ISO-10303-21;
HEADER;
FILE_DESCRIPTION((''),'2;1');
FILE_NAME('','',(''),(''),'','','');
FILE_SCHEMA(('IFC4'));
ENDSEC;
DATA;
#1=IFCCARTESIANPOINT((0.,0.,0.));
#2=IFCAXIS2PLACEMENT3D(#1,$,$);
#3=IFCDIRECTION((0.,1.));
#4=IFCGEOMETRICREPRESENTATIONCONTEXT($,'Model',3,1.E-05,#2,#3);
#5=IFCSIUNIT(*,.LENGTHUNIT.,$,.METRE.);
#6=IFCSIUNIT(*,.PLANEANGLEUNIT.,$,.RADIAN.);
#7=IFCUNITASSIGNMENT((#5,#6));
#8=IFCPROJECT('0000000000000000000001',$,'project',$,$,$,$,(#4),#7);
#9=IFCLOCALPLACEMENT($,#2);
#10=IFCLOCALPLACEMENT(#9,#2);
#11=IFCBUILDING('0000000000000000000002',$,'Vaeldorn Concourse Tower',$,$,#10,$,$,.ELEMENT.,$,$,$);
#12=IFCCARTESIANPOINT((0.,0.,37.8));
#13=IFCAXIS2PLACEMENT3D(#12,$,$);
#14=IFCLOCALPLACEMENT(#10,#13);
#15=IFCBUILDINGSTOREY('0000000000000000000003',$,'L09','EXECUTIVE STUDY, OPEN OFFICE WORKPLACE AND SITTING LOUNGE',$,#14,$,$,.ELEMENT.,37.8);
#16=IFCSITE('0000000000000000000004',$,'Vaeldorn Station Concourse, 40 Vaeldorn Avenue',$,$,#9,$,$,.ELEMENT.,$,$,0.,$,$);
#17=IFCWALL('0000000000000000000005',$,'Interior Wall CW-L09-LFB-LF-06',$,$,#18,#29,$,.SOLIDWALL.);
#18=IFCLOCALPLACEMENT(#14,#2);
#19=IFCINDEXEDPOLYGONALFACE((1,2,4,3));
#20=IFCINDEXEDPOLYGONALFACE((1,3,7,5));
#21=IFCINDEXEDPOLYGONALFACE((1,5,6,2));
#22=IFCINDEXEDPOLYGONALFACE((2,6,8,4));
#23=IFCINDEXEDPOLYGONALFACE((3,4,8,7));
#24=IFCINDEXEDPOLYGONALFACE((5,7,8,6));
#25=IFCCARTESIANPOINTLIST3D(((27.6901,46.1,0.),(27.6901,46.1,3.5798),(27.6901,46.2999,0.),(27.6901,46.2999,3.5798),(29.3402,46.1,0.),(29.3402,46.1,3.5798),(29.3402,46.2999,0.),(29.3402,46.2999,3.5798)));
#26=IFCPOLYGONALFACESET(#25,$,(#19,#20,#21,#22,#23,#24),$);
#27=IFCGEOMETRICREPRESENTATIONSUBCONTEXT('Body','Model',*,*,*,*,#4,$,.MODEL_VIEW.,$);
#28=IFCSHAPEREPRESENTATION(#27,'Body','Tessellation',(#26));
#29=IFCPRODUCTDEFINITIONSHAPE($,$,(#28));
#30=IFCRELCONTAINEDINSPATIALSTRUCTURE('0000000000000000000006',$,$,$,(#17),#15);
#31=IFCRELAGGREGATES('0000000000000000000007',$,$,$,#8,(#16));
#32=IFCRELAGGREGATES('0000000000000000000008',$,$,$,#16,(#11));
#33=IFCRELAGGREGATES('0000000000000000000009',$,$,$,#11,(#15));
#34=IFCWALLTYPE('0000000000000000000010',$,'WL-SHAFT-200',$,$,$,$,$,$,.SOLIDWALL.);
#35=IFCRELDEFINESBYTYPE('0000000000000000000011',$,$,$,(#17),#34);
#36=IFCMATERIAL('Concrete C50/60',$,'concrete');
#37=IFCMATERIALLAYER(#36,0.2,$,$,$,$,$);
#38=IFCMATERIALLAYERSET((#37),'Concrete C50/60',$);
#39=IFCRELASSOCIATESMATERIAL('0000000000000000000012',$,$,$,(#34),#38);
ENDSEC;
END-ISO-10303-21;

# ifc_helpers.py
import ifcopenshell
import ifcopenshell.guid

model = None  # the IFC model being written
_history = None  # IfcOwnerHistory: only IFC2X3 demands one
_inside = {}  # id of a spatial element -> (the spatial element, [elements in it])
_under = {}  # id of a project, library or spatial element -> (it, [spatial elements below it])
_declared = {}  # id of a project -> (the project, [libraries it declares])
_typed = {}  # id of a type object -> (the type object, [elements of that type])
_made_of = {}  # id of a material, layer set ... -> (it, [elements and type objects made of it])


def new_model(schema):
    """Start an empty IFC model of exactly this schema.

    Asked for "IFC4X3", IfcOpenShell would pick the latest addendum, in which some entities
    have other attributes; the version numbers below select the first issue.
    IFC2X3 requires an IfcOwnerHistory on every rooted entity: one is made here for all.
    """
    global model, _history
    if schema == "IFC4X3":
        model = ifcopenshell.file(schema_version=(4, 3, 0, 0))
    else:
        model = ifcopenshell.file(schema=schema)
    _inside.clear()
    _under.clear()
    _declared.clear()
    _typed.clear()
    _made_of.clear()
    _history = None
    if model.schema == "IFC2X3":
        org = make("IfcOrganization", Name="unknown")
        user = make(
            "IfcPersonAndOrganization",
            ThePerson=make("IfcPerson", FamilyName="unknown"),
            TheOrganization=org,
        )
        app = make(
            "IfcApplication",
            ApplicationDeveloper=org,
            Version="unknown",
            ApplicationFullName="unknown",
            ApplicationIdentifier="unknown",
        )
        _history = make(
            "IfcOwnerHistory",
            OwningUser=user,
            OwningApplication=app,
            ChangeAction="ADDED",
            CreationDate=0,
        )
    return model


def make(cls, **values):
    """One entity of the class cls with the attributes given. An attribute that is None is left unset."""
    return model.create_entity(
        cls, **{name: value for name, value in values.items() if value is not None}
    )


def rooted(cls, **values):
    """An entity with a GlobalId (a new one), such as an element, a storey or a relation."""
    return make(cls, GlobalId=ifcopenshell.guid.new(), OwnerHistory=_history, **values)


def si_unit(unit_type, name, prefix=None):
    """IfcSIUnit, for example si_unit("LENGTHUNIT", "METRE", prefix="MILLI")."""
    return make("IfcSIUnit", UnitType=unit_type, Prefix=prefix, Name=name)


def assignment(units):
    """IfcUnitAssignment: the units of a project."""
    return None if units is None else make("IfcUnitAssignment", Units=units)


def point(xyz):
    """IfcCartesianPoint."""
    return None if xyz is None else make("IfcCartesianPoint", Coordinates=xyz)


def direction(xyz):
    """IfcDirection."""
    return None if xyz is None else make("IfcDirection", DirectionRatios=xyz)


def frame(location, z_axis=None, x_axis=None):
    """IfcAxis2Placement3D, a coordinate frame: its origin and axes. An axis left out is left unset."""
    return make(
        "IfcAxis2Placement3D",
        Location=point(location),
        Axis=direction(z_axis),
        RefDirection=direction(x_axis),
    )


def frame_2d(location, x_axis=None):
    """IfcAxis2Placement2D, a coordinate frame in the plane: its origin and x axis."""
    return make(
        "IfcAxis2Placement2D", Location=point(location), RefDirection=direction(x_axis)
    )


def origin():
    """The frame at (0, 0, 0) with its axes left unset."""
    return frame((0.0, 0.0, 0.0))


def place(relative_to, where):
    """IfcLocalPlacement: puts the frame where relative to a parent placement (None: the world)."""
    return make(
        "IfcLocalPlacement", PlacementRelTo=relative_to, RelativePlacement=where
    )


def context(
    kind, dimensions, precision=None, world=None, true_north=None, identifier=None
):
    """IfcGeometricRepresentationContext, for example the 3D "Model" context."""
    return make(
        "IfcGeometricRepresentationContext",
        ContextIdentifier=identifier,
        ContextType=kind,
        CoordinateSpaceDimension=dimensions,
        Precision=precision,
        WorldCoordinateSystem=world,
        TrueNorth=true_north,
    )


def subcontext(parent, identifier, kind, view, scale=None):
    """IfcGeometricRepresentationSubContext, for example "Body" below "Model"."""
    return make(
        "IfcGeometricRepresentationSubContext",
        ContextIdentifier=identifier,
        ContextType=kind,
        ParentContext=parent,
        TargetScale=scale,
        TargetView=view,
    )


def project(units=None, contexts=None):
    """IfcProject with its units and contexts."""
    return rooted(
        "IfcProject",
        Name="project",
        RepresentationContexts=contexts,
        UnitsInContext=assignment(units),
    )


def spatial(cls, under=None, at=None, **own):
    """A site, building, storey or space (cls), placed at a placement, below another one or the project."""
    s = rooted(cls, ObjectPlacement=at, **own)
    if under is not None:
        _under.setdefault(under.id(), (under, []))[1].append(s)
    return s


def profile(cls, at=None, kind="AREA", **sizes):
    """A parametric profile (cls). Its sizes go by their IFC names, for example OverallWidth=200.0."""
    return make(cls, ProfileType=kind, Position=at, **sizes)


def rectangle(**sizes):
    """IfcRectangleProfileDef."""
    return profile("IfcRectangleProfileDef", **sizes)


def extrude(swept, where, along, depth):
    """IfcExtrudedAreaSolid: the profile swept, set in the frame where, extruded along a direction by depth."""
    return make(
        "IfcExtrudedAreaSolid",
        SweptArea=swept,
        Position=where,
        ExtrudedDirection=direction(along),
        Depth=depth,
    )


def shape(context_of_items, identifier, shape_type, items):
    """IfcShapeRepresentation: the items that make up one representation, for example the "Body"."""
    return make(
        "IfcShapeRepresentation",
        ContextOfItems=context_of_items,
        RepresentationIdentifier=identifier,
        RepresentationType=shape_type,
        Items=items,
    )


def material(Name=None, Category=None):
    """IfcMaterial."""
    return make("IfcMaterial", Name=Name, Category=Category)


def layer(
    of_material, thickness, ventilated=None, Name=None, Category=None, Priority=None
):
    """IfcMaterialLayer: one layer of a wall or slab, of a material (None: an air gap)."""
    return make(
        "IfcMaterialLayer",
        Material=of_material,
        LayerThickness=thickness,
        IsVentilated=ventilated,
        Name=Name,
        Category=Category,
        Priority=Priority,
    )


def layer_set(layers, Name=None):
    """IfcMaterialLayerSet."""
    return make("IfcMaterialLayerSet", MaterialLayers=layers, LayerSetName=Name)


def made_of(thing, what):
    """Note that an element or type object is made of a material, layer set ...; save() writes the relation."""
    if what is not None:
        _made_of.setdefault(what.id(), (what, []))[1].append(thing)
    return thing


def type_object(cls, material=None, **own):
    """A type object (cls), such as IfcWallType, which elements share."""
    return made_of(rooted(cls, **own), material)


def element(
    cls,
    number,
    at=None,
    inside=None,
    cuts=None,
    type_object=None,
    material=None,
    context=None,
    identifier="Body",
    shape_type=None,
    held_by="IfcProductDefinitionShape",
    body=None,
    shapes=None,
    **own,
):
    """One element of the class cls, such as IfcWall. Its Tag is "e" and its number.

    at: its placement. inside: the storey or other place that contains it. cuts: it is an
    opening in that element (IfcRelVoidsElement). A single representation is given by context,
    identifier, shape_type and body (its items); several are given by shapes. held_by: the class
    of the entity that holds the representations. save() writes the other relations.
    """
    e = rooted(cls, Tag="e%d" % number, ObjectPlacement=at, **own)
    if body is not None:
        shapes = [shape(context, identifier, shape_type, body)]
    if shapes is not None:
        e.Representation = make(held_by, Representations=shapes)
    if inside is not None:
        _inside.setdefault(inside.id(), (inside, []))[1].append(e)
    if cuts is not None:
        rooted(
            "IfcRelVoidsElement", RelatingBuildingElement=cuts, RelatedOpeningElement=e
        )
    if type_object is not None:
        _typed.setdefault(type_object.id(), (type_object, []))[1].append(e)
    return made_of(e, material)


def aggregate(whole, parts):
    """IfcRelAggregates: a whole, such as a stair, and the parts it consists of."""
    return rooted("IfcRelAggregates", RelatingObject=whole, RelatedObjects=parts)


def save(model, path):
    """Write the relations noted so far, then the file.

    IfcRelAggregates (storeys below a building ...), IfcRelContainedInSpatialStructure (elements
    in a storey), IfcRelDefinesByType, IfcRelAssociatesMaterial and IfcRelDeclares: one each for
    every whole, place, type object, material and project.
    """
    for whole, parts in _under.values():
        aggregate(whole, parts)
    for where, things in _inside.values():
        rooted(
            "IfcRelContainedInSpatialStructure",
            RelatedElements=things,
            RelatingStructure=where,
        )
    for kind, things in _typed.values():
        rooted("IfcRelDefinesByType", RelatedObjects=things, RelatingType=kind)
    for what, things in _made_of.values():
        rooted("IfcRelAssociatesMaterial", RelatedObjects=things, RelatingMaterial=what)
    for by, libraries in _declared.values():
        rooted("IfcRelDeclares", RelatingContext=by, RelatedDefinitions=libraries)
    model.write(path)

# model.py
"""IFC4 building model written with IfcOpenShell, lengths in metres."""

from ifc_helpers import new_model, si_unit, direction, frame, frame_2d, origin, place, context, subcontext, project, spatial, rectangle, extrude, material, layer, layer_set, type_object, element, save


model = new_model("IFC4")

# Units and contexts
model_context = context("Model", 3, precision=1e-05, world=origin(), true_north=direction((0.0, 1.0)))
body_context = subcontext(model_context, "Body", "Model", "MODEL_VIEW")
ifc_project = project(units=[si_unit("LENGTHUNIT", "METRE"), si_unit("PLANEANGLEUNIT", "RADIAN")], contexts=[model_context])

# Site, building, storey
site_placement = place(None, origin())
site = spatial("IfcSite", under=ifc_project, at=site_placement, Name="Vaeldorn Station Concourse, 40 Vaeldorn Avenue", CompositionType="ELEMENT", RefElevation=0.0)
building_placement = place(site_placement, origin())
building = spatial("IfcBuilding", under=site, at=building_placement, Name="Vaeldorn Concourse Tower", CompositionType="ELEMENT")
storey_placement = place(building_placement, frame((0.0, 0.0, 37.8)))
storey = spatial("IfcBuildingStorey", under=building, at=storey_placement, Name="L09", Description="EXECUTIVE STUDY, OPEN OFFICE WORKPLACE AND SITTING LOUNGE", CompositionType="ELEMENT", Elevation=37.8)

# Shared definitions
ifc_material_1 = material(Name="Concrete C50/60", Category="concrete")
ifc_layer_1 = layer(ifc_material_1, 0.2)
ifc_layer_set_1 = layer_set([ifc_layer_1], Name="Concrete C50/60")
wall_type_1 = type_object("IfcWallType", Name="WL-SHAFT-200", PredefinedType="SOLIDWALL", material=ifc_layer_set_1)

# Wall
wall_1_placement = place(storey_placement, frame((27.6899, 46.2, 0.0), z_axis=(0.0, 0.0, 1.0), x_axis=(1.0, 0.0, 0.0)))
element("IfcWall", 1, at=wall_1_placement, inside=storey, type_object=wall_type_1, Name="Interior Wall CW-L09-LFB-LF-06", PredefinedType="SOLIDWALL", context=body_context, shape_type="SweptSolid", body=[
    extrude(rectangle(XDim=1.6501, YDim=0.2, at=frame_2d((0.8252, 0.0))), origin(), (0.0, 0.0, 1.0), 3.5798),
])

save(model, "model.ifc")
